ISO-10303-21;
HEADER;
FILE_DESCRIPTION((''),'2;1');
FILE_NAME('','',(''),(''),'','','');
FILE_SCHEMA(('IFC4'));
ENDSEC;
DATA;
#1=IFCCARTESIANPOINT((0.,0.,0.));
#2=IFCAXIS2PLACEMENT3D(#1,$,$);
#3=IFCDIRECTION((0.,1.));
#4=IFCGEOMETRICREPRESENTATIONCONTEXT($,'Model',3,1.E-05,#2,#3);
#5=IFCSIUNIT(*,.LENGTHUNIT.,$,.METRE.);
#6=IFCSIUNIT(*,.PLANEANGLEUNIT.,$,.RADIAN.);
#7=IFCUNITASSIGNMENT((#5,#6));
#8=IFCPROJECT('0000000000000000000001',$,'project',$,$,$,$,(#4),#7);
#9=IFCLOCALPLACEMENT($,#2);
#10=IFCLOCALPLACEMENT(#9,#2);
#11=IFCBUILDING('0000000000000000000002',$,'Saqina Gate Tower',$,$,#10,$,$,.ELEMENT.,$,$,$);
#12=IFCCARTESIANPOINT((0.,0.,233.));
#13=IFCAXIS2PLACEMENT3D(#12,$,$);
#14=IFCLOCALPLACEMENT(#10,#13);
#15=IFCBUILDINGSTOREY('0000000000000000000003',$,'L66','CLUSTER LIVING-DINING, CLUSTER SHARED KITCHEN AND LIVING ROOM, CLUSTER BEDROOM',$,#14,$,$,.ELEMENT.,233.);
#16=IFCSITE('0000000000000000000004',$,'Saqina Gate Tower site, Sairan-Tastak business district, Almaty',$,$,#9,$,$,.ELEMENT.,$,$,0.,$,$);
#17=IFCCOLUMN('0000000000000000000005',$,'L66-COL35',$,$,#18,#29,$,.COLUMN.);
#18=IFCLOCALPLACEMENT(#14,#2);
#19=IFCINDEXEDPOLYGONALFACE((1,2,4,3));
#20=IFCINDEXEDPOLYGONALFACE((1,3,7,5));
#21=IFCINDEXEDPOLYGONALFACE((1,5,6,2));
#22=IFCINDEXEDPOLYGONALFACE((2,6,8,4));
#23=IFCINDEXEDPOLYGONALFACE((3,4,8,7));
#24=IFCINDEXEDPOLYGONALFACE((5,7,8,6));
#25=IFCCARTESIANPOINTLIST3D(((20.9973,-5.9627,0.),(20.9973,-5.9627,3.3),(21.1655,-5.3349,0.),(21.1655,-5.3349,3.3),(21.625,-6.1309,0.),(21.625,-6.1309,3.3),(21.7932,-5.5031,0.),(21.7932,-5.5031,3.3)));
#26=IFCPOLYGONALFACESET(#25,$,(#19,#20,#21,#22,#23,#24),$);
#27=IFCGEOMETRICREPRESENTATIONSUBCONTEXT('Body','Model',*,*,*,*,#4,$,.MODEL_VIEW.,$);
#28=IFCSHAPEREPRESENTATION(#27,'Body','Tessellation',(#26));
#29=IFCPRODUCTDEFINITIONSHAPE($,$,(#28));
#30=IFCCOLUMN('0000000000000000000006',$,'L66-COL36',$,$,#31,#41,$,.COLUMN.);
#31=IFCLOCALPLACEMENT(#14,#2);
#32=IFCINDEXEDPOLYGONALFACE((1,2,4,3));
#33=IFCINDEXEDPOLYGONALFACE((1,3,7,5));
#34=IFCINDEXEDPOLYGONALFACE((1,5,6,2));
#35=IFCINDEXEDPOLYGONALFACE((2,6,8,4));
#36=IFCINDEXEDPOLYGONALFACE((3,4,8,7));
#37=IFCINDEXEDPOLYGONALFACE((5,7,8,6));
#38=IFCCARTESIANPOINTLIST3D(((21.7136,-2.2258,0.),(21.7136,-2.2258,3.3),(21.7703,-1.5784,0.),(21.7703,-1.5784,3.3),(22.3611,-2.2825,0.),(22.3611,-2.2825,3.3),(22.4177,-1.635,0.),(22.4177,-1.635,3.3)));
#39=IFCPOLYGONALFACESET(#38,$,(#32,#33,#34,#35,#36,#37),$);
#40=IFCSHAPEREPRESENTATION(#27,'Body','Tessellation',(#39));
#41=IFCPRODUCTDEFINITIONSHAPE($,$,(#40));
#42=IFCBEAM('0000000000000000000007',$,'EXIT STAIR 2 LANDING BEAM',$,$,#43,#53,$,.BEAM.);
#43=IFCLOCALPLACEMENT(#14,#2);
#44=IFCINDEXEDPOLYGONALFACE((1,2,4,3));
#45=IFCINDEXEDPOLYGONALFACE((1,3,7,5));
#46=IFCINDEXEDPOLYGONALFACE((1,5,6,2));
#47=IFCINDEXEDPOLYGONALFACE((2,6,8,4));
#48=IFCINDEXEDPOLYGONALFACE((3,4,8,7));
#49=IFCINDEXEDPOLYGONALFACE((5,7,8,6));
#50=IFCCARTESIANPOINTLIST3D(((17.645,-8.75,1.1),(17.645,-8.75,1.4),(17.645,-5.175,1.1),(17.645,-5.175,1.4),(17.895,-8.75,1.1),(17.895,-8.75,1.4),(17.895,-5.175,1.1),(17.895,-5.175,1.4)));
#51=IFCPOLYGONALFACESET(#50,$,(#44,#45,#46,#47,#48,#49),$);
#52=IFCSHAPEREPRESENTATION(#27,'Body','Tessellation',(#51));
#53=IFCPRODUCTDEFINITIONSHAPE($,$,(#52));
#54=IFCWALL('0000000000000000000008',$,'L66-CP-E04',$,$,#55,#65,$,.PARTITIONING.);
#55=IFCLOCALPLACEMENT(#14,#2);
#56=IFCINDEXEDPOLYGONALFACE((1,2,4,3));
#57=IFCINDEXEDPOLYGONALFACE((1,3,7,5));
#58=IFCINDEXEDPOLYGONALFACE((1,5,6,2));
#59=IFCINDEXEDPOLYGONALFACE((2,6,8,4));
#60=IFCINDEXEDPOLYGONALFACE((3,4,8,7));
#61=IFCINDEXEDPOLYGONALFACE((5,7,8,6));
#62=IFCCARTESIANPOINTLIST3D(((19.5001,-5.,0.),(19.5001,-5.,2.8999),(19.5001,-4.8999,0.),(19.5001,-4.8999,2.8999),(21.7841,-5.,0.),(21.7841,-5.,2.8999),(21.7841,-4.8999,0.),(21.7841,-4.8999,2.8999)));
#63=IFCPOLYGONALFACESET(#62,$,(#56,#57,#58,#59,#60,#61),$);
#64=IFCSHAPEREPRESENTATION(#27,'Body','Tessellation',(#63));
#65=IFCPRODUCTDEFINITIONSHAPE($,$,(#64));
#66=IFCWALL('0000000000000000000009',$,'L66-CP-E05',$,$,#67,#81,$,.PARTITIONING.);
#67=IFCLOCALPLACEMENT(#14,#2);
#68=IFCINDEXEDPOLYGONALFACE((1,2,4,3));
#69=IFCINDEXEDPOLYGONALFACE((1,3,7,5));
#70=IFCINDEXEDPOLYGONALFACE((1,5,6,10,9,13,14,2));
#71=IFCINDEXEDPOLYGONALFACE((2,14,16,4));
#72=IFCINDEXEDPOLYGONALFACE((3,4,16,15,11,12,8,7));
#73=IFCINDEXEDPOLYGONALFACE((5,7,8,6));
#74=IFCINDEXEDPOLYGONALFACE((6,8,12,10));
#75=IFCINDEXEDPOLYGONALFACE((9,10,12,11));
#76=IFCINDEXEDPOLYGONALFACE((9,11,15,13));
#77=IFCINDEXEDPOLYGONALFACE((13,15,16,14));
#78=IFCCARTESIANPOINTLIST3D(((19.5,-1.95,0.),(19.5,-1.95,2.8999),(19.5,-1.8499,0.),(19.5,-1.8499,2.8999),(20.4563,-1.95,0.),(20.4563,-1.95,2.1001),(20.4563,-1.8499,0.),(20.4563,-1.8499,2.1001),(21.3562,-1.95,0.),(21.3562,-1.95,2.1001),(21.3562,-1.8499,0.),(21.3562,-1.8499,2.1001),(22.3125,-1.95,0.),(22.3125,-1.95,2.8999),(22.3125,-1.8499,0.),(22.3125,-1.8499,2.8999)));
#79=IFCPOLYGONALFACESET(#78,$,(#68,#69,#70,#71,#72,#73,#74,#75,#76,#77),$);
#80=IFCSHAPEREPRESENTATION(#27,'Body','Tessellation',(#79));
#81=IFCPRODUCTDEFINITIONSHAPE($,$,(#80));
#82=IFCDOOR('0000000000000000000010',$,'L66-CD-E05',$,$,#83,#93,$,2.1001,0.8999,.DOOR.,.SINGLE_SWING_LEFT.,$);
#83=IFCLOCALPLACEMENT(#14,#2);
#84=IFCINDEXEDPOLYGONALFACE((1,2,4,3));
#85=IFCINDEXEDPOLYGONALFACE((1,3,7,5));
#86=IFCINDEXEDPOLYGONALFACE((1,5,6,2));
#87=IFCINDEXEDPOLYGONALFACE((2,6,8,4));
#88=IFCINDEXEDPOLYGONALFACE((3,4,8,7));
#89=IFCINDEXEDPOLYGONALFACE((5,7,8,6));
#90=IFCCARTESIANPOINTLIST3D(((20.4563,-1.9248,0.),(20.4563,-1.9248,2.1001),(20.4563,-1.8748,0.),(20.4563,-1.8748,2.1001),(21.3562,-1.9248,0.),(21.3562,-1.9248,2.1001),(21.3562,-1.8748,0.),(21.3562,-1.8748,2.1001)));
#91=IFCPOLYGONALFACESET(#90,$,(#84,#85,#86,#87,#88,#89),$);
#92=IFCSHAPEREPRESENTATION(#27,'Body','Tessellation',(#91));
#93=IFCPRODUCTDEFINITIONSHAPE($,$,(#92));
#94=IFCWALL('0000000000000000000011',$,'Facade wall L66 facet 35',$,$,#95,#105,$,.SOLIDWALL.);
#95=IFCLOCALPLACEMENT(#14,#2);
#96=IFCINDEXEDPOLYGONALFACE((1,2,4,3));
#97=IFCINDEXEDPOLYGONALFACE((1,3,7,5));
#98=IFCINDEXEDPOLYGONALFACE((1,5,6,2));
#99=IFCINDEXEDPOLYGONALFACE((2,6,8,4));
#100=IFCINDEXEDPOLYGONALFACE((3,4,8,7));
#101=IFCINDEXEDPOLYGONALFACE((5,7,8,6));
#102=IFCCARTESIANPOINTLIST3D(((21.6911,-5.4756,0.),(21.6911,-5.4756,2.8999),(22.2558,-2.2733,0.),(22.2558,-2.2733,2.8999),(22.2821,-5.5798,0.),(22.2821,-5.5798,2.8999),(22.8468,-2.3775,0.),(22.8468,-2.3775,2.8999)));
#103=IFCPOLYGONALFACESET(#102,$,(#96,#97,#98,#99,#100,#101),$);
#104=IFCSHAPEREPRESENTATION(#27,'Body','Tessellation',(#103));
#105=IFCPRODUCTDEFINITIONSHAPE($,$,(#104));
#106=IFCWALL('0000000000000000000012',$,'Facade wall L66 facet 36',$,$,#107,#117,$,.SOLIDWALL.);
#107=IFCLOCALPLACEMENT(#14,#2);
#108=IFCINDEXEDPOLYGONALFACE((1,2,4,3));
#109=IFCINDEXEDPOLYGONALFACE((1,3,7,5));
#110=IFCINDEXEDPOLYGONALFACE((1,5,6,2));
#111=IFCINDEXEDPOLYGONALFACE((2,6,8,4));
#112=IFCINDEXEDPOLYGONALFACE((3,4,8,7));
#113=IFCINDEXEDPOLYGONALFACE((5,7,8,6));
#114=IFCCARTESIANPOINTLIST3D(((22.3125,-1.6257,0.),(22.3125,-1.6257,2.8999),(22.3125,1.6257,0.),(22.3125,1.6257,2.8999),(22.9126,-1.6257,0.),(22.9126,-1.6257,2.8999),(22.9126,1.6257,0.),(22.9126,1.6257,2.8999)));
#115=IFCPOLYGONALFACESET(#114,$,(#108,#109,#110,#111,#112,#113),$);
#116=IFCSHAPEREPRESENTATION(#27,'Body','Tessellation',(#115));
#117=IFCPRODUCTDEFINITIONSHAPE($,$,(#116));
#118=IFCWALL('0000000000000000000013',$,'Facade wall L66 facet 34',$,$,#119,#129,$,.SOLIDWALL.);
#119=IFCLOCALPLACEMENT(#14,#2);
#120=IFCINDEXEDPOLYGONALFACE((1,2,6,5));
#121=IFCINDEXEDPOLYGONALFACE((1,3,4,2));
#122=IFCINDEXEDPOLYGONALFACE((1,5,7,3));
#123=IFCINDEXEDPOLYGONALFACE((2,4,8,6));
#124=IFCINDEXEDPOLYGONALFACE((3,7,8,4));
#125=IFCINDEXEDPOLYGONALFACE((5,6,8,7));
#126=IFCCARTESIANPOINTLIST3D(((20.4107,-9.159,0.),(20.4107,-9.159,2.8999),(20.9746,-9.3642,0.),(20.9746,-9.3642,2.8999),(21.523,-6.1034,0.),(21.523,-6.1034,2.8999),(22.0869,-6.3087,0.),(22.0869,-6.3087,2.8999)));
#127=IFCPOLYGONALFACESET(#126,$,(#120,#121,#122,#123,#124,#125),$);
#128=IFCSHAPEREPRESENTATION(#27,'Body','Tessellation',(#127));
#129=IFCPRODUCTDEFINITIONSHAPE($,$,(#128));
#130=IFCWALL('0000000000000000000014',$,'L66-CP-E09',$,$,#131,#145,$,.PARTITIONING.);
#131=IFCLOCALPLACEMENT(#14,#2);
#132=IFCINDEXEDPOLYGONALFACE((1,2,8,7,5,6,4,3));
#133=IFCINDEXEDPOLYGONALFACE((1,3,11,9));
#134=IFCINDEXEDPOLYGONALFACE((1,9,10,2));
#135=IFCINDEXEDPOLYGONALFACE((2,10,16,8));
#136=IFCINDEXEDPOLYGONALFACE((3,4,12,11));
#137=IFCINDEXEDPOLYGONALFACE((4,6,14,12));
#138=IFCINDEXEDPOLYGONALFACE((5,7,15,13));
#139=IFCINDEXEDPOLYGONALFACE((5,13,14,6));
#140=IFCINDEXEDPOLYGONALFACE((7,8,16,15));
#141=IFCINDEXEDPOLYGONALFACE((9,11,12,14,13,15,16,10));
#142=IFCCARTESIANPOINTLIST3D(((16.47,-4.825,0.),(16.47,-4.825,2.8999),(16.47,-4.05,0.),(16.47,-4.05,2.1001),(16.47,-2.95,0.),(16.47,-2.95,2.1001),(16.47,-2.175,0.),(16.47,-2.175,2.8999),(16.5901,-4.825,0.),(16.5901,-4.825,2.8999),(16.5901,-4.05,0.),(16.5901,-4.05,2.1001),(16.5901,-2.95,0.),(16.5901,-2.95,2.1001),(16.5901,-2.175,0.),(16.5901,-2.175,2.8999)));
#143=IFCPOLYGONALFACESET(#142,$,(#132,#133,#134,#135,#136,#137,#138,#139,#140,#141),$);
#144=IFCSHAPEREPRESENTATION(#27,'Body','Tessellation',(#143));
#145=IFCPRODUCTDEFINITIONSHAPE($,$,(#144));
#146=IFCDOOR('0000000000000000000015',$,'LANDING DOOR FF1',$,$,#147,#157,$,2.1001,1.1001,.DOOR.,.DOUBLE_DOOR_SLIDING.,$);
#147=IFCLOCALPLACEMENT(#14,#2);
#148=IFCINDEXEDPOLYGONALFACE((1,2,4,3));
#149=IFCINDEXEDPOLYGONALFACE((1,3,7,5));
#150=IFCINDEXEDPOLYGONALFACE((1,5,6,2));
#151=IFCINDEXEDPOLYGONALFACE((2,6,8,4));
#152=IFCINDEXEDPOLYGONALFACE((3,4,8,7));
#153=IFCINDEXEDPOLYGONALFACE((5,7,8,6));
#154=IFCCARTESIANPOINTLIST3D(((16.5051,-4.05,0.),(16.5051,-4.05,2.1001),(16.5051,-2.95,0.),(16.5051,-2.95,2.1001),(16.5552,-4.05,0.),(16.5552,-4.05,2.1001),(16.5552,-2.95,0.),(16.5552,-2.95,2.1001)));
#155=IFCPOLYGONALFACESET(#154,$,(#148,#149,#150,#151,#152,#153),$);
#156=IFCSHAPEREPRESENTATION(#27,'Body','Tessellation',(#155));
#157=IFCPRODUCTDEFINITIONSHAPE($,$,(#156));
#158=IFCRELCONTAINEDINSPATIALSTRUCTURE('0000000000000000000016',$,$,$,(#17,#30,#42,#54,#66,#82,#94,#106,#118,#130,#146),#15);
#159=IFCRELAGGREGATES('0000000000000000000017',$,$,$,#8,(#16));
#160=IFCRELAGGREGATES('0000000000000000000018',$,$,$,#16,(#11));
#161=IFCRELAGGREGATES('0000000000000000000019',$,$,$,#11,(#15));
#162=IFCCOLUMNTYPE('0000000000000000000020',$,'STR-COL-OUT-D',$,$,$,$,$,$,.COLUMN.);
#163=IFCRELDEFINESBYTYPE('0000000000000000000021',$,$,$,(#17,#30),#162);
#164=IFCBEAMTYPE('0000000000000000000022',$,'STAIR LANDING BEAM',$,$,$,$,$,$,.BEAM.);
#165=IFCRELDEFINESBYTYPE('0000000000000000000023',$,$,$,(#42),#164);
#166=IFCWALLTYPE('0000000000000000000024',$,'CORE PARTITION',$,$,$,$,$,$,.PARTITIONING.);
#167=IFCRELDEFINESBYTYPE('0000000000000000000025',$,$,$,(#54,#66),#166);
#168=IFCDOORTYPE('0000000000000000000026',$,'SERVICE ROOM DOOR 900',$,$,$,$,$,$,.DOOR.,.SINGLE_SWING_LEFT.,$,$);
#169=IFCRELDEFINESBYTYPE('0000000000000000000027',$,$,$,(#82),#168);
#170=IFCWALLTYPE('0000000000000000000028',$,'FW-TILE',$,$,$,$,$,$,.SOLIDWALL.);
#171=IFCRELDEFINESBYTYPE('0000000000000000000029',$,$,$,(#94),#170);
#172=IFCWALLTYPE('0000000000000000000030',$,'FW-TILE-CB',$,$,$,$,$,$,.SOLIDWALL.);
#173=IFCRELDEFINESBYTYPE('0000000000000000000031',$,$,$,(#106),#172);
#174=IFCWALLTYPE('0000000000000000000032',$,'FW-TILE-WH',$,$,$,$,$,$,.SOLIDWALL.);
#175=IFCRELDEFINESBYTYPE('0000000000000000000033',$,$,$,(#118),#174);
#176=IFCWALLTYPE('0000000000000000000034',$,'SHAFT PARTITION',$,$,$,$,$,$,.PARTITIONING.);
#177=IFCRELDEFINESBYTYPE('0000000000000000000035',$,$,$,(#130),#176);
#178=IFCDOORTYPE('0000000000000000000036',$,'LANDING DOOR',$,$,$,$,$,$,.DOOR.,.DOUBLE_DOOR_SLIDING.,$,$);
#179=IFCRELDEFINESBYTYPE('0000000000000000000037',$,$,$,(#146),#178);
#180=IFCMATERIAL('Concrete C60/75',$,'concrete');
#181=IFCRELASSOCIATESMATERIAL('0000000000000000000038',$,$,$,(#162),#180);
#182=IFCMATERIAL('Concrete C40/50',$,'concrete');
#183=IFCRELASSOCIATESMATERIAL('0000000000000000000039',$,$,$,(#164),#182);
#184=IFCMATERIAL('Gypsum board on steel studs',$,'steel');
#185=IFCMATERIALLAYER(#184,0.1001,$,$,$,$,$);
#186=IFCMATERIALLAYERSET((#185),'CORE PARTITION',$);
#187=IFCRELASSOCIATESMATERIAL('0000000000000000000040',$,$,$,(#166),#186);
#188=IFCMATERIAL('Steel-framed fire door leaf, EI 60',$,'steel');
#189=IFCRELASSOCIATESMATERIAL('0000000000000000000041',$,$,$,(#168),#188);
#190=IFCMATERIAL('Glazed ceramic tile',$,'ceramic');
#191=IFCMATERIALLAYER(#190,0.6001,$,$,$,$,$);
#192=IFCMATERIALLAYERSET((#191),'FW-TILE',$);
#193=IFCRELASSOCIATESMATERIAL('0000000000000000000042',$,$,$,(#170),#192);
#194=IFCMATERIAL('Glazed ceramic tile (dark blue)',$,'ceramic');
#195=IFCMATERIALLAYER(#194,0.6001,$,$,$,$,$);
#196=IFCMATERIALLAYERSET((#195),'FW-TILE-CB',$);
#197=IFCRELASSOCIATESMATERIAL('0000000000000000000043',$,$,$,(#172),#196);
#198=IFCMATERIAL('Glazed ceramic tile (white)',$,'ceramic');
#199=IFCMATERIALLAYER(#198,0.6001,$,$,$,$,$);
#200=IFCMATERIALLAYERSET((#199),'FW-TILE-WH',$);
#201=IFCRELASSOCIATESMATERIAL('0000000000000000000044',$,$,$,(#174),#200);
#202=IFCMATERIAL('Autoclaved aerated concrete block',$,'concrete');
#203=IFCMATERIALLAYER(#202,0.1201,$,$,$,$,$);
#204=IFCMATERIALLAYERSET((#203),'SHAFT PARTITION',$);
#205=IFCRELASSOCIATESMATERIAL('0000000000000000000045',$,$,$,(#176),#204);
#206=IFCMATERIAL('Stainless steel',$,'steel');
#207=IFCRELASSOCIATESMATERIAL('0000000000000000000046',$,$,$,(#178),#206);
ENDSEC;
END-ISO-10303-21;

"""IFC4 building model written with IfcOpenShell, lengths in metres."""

from ifc_helpers import new_model, si_unit, direction, frame, frame_2d, origin, origin_2d, place, context, subcontext, project, spatial, rectangle, extrude, material, layer, layer_set, material_profile, profile_set, type_object, element, fill, save


model = new_model("IFC4")

# Units and contexts
model_context = context("Model", 3, precision=1e-05, world=origin(), true_north=direction((0.0, 1.0)))
body_context = subcontext(model_context, "Body", "Model", "MODEL_VIEW")
ifc_project = project(units=[si_unit("LENGTHUNIT", "METRE"), si_unit("PLANEANGLEUNIT", "RADIAN")], contexts=[model_context])

# Site, building, storey
site_placement = place(None, origin())
site = spatial("IfcSite", under=ifc_project, at=site_placement, Name="Saqina Gate Tower site, Sairan-Tastak business district, Almaty", CompositionType="ELEMENT", RefElevation=0.0)
building_placement = place(site_placement, origin())
building = spatial("IfcBuilding", under=site, at=building_placement, Name="Saqina Gate Tower", CompositionType="ELEMENT")
storey_placement = place(building_placement, frame((0.0, 0.0, 233.0)))
storey = spatial("IfcBuildingStorey", under=building, at=storey_placement, Name="L66", Description="CLUSTER LIVING-DINING, CLUSTER SHARED KITCHEN AND LIVING ROOM, CLUSTER BEDROOM", CompositionType="ELEMENT", Elevation=233.0)

# Columns
ifc_material_1 = material(Name="Concrete C60/75", Category="concrete")
ifc_material_profile_1 = material_profile(ifc_material_1, rectangle(XDim=0.6499, YDim=0.6499, at=origin_2d()), Name="RC 650x650")
ifc_profile_set_1 = profile_set([ifc_material_profile_1], Name="Concrete C60/75")
column_type = type_object("IfcColumnType", Name="STR-COL-OUT-D", PredefinedType="COLUMN", material=ifc_profile_set_1)
for number, where, z_axis, x_axis, name in (
    (1, (21.3953, -5.7329, 0.0), (0.0, 0.0, 1.0), (0.965926, -0.258819, 0.0), "L66-COL35"),
    (2, (22.0657, -1.9304, 0.0), (0.0, 0.0, 1.0), (0.996195, -0.087156, 0.0), "L66-COL36"),
):
    element("IfcColumn", number, at=place(storey_placement, frame(where, z_axis=z_axis, x_axis=x_axis)), inside=storey, type_object=column_type, Name=name, PredefinedType="COLUMN", context=body_context, shape_type="SweptSolid", body=[
        extrude(rectangle(XDim=0.6499, YDim=0.6499, at=origin_2d()), origin(), (0.0, 0.0, 1.0), 3.3),
    ])

# Beam
ifc_material_2 = material(Name="Concrete C40/50", Category="concrete")
ifc_material_profile_2 = material_profile(ifc_material_2, rectangle(XDim=0.25, YDim=0.3, at=origin_2d()), Name="STAIR LANDING BEAM")
ifc_profile_set_2 = profile_set([ifc_material_profile_2], Name="Concrete C40/50")
beam_type = type_object("IfcBeamType", Name="STAIR LANDING BEAM", PredefinedType="BEAM", material=ifc_profile_set_2)
beam_placement = place(storey_placement, frame((17.77, -8.75, 1.25), z_axis=(0.0, 1.0, 0.0), x_axis=(-1.0, 0.0, 0.0)))
element("IfcBeam", 3, at=beam_placement, inside=storey, type_object=beam_type, Name="EXIT STAIR 2 LANDING BEAM", PredefinedType="BEAM", context=body_context, shape_type="SweptSolid", body=[
    extrude(rectangle(XDim=0.25, YDim=0.3, at=origin_2d()), origin(), (0.0, 0.0, 1.0), 3.575),
])

# Wall
ifc_material_3 = material(Name="Gypsum board on steel studs", Category="steel")
ifc_layer_1 = layer(ifc_material_3, 0.1001)
ifc_layer_set_1 = layer_set([ifc_layer_1], Name="CORE PARTITION")
wall_type_1 = type_object("IfcWallType", Name="CORE PARTITION", PredefinedType="PARTITIONING", material=ifc_layer_set_1)
wall_1_placement = place(storey_placement, frame((19.5, -4.95, 0.0), z_axis=(0.0, 0.0, 1.0), x_axis=(1.0, 0.0, 0.0)))
element("IfcWall", 4, at=wall_1_placement, inside=storey, type_object=wall_type_1, Name="L66-CP-E04", PredefinedType="PARTITIONING", context=body_context, shape_type="SweptSolid", body=[
    extrude(rectangle(XDim=2.2839, YDim=0.1001, at=frame_2d((1.1421, 0.0))), origin(), (0.0, 0.0, 1.0), 2.8999),
])

# Wall, opening, door
wall_2_placement = place(storey_placement, frame((19.5, -1.8999, 0.0), z_axis=(0.0, 0.0, 1.0), x_axis=(1.0, 0.0, 0.0)))
wall_2 = element("IfcWall", 5, at=wall_2_placement, inside=storey, type_object=wall_type_1, Name="L66-CP-E05", PredefinedType="PARTITIONING", context=body_context, shape_type="SweptSolid", body=[
    extrude(rectangle(XDim=2.8125, YDim=0.1001, at=frame_2d((1.4062, 0.0))), origin(), (0.0, 0.0, 1.0), 2.8999),
])
opening_1_placement = place(wall_2_placement, frame((0.9563, 0.0, 0.0)))
opening_1 = element("IfcOpeningElement", 6, at=opening_1_placement, cuts=wall_2, PredefinedType="OPENING", context=body_context, shape_type="SweptSolid", body=[
    extrude(rectangle(XDim=0.8999, YDim=2.1001, at=frame_2d((0.45, 1.05))), frame((0.0, 0.062, 0.0), z_axis=(0.0, -1.0, 0.0), x_axis=(1.0, 0.0, 0.0)), (0.0, 0.0, 1.0), 0.124),
])
ifc_material_4 = material(Name="Steel-framed fire door leaf, EI 60", Category="steel")
door_type_1 = type_object("IfcDoorType", Name="SERVICE ROOM DOOR 900", OperationType="SINGLE_SWING_LEFT", PredefinedType="DOOR", material=ifc_material_4)
door_1_placement = place(opening_1_placement, frame((0.8999, 0.0, 0.0), z_axis=(0.0, 0.0, 1.0), x_axis=(-1.0, 0.0, 0.0)))
door_1 = element("IfcDoor", 7, at=door_1_placement, inside=storey, type_object=door_type_1, Name="L66-CD-E05", OperationType="SINGLE_SWING_LEFT", OverallHeight=2.1001, OverallWidth=0.8999, PredefinedType="DOOR", context=body_context, shape_type="SweptSolid", body=[
    extrude(rectangle(XDim=0.8999, YDim=2.1001, at=frame_2d((0.45, 1.05))), frame((0.0, 0.0249, 0.0), z_axis=(0.0, -1.0, 0.0), x_axis=(1.0, 0.0, 0.0)), (0.0, 0.0, 1.0), 0.05),
])
fill(opening_1, door_1)

# Walls
ifc_material_5 = material(Name="Glazed ceramic tile", Category="ceramic")
ifc_layer_2 = layer(ifc_material_5, 0.6001)
ifc_layer_set_2 = layer_set([ifc_layer_2], Name="FW-TILE")
wall_type_2 = type_object("IfcWallType", Name="FW-TILE", PredefinedType="SOLIDWALL", material=ifc_layer_set_2)
wall_3_placement = place(storey_placement, frame((21.9866, -5.5278, 0.0), z_axis=(0.0, 0.0, 1.0), x_axis=(0.173657, 0.984806, 0.0)))
element("IfcWall", 8, at=wall_3_placement, inside=storey, type_object=wall_type_2, Name="Facade wall L66 facet 35", PredefinedType="SOLIDWALL", context=body_context, shape_type="SweptSolid", body=[
    extrude(rectangle(XDim=3.2517, YDim=0.6001, at=frame_2d((1.626, 0.0))), origin(), (0.0, 0.0, 1.0), 2.8999),
])
ifc_material_6 = material(Name="Glazed ceramic tile (dark blue)", Category="ceramic")
ifc_layer_3 = layer(ifc_material_6, 0.6001)
ifc_layer_set_3 = layer_set([ifc_layer_3], Name="FW-TILE-CB")
wall_type_3 = type_object("IfcWallType", Name="FW-TILE-CB", PredefinedType="SOLIDWALL", material=ifc_layer_set_3)
wall_4_placement = place(storey_placement, frame((22.6125, -1.6257, 0.0), z_axis=(0.0, 0.0, 1.0), x_axis=(0.0, 1.0, 0.0)))
element("IfcWall", 9, at=wall_4_placement, inside=storey, type_object=wall_type_3, Name="Facade wall L66 facet 36", PredefinedType="SOLIDWALL", context=body_context, shape_type="SweptSolid", body=[
    extrude(rectangle(XDim=3.2515, YDim=0.6001, at=frame_2d((1.6257, 0.0))), origin(), (0.0, 0.0, 1.0), 2.8999),
])
ifc_material_7 = material(Name="Glazed ceramic tile (white)", Category="ceramic")
ifc_layer_4 = layer(ifc_material_7, 0.6001)
ifc_layer_set_4 = layer_set([ifc_layer_4], Name="FW-TILE-WH")
wall_type_4 = type_object("IfcWallType", Name="FW-TILE-WH", PredefinedType="SOLIDWALL", material=ifc_layer_set_4)
wall_5_placement = place(storey_placement, frame((20.6926, -9.2617, 0.0), z_axis=(0.0, 0.0, 1.0), x_axis=(0.342057, 0.939679, 0.0)))
element("IfcWall", 10, at=wall_5_placement, inside=storey, type_object=wall_type_4, Name="Facade wall L66 facet 34", PredefinedType="SOLIDWALL", context=body_context, shape_type="SweptSolid", body=[
    extrude(rectangle(XDim=3.2517, YDim=0.6001, at=frame_2d((1.626, 0.0))), origin(), (0.0, 0.0, 1.0), 2.8999),
])

# Wall, opening, door
ifc_material_8 = material(Name="Autoclaved aerated concrete block", Category="concrete")
ifc_layer_5 = layer(ifc_material_8, 0.1201)
ifc_layer_set_5 = layer_set([ifc_layer_5], Name="SHAFT PARTITION")
wall_type_5 = type_object("IfcWallType", Name="SHAFT PARTITION", PredefinedType="PARTITIONING", material=ifc_layer_set_5)
wall_6_placement = place(storey_placement, frame((16.53, -4.825, 0.0), z_axis=(0.0, 0.0, 1.0), x_axis=(0.0, 1.0, 0.0)))
wall_6 = element("IfcWall", 11, at=wall_6_placement, inside=storey, type_object=wall_type_5, Name="L66-CP-E09", PredefinedType="PARTITIONING", context=body_context, shape_type="SweptSolid", body=[
    extrude(rectangle(XDim=2.6499, YDim=0.1201, at=frame_2d((1.325, 0.0))), origin(), (0.0, 0.0, 1.0), 2.8999),
])
opening_2_placement = place(wall_6_placement, frame((0.7749, 0.0, 0.0)))
opening_2 = element("IfcOpeningElement", 12, at=opening_2_placement, cuts=wall_6, PredefinedType="OPENING", context=body_context, shape_type="SweptSolid", body=[
    extrude(rectangle(XDim=1.1001, YDim=2.1001, at=frame_2d((0.55, 1.05))), frame((0.0, 0.072, 0.0), z_axis=(0.0, -1.0, 0.0), x_axis=(1.0, 0.0, 0.0)), (0.0, 0.0, 1.0), 0.144),
])
ifc_material_9 = material(Name="Stainless steel", Category="steel")
door_type_2 = type_object("IfcDoorType", Name="LANDING DOOR", OperationType="DOUBLE_DOOR_SLIDING", PredefinedType="DOOR", material=ifc_material_9)
door_2_placement = place(opening_2_placement, origin())
door_2 = element("IfcDoor", 13, at=door_2_placement, inside=storey, type_object=door_type_2, Name="LANDING DOOR FF1", OperationType="DOUBLE_DOOR_SLIDING", OverallHeight=2.1001, OverallWidth=1.1001, PredefinedType="DOOR", context=body_context, shape_type="SweptSolid", body=[
    extrude(rectangle(XDim=1.1001, YDim=2.1001, at=frame_2d((0.55, 1.05))), frame((0.0, 0.0249, 0.0), z_axis=(0.0, -1.0, 0.0), x_axis=(1.0, 0.0, 0.0)), (0.0, 0.0, 1.0), 0.05),
])
fill(opening_2, door_2)

save(model, "model.ifc")
